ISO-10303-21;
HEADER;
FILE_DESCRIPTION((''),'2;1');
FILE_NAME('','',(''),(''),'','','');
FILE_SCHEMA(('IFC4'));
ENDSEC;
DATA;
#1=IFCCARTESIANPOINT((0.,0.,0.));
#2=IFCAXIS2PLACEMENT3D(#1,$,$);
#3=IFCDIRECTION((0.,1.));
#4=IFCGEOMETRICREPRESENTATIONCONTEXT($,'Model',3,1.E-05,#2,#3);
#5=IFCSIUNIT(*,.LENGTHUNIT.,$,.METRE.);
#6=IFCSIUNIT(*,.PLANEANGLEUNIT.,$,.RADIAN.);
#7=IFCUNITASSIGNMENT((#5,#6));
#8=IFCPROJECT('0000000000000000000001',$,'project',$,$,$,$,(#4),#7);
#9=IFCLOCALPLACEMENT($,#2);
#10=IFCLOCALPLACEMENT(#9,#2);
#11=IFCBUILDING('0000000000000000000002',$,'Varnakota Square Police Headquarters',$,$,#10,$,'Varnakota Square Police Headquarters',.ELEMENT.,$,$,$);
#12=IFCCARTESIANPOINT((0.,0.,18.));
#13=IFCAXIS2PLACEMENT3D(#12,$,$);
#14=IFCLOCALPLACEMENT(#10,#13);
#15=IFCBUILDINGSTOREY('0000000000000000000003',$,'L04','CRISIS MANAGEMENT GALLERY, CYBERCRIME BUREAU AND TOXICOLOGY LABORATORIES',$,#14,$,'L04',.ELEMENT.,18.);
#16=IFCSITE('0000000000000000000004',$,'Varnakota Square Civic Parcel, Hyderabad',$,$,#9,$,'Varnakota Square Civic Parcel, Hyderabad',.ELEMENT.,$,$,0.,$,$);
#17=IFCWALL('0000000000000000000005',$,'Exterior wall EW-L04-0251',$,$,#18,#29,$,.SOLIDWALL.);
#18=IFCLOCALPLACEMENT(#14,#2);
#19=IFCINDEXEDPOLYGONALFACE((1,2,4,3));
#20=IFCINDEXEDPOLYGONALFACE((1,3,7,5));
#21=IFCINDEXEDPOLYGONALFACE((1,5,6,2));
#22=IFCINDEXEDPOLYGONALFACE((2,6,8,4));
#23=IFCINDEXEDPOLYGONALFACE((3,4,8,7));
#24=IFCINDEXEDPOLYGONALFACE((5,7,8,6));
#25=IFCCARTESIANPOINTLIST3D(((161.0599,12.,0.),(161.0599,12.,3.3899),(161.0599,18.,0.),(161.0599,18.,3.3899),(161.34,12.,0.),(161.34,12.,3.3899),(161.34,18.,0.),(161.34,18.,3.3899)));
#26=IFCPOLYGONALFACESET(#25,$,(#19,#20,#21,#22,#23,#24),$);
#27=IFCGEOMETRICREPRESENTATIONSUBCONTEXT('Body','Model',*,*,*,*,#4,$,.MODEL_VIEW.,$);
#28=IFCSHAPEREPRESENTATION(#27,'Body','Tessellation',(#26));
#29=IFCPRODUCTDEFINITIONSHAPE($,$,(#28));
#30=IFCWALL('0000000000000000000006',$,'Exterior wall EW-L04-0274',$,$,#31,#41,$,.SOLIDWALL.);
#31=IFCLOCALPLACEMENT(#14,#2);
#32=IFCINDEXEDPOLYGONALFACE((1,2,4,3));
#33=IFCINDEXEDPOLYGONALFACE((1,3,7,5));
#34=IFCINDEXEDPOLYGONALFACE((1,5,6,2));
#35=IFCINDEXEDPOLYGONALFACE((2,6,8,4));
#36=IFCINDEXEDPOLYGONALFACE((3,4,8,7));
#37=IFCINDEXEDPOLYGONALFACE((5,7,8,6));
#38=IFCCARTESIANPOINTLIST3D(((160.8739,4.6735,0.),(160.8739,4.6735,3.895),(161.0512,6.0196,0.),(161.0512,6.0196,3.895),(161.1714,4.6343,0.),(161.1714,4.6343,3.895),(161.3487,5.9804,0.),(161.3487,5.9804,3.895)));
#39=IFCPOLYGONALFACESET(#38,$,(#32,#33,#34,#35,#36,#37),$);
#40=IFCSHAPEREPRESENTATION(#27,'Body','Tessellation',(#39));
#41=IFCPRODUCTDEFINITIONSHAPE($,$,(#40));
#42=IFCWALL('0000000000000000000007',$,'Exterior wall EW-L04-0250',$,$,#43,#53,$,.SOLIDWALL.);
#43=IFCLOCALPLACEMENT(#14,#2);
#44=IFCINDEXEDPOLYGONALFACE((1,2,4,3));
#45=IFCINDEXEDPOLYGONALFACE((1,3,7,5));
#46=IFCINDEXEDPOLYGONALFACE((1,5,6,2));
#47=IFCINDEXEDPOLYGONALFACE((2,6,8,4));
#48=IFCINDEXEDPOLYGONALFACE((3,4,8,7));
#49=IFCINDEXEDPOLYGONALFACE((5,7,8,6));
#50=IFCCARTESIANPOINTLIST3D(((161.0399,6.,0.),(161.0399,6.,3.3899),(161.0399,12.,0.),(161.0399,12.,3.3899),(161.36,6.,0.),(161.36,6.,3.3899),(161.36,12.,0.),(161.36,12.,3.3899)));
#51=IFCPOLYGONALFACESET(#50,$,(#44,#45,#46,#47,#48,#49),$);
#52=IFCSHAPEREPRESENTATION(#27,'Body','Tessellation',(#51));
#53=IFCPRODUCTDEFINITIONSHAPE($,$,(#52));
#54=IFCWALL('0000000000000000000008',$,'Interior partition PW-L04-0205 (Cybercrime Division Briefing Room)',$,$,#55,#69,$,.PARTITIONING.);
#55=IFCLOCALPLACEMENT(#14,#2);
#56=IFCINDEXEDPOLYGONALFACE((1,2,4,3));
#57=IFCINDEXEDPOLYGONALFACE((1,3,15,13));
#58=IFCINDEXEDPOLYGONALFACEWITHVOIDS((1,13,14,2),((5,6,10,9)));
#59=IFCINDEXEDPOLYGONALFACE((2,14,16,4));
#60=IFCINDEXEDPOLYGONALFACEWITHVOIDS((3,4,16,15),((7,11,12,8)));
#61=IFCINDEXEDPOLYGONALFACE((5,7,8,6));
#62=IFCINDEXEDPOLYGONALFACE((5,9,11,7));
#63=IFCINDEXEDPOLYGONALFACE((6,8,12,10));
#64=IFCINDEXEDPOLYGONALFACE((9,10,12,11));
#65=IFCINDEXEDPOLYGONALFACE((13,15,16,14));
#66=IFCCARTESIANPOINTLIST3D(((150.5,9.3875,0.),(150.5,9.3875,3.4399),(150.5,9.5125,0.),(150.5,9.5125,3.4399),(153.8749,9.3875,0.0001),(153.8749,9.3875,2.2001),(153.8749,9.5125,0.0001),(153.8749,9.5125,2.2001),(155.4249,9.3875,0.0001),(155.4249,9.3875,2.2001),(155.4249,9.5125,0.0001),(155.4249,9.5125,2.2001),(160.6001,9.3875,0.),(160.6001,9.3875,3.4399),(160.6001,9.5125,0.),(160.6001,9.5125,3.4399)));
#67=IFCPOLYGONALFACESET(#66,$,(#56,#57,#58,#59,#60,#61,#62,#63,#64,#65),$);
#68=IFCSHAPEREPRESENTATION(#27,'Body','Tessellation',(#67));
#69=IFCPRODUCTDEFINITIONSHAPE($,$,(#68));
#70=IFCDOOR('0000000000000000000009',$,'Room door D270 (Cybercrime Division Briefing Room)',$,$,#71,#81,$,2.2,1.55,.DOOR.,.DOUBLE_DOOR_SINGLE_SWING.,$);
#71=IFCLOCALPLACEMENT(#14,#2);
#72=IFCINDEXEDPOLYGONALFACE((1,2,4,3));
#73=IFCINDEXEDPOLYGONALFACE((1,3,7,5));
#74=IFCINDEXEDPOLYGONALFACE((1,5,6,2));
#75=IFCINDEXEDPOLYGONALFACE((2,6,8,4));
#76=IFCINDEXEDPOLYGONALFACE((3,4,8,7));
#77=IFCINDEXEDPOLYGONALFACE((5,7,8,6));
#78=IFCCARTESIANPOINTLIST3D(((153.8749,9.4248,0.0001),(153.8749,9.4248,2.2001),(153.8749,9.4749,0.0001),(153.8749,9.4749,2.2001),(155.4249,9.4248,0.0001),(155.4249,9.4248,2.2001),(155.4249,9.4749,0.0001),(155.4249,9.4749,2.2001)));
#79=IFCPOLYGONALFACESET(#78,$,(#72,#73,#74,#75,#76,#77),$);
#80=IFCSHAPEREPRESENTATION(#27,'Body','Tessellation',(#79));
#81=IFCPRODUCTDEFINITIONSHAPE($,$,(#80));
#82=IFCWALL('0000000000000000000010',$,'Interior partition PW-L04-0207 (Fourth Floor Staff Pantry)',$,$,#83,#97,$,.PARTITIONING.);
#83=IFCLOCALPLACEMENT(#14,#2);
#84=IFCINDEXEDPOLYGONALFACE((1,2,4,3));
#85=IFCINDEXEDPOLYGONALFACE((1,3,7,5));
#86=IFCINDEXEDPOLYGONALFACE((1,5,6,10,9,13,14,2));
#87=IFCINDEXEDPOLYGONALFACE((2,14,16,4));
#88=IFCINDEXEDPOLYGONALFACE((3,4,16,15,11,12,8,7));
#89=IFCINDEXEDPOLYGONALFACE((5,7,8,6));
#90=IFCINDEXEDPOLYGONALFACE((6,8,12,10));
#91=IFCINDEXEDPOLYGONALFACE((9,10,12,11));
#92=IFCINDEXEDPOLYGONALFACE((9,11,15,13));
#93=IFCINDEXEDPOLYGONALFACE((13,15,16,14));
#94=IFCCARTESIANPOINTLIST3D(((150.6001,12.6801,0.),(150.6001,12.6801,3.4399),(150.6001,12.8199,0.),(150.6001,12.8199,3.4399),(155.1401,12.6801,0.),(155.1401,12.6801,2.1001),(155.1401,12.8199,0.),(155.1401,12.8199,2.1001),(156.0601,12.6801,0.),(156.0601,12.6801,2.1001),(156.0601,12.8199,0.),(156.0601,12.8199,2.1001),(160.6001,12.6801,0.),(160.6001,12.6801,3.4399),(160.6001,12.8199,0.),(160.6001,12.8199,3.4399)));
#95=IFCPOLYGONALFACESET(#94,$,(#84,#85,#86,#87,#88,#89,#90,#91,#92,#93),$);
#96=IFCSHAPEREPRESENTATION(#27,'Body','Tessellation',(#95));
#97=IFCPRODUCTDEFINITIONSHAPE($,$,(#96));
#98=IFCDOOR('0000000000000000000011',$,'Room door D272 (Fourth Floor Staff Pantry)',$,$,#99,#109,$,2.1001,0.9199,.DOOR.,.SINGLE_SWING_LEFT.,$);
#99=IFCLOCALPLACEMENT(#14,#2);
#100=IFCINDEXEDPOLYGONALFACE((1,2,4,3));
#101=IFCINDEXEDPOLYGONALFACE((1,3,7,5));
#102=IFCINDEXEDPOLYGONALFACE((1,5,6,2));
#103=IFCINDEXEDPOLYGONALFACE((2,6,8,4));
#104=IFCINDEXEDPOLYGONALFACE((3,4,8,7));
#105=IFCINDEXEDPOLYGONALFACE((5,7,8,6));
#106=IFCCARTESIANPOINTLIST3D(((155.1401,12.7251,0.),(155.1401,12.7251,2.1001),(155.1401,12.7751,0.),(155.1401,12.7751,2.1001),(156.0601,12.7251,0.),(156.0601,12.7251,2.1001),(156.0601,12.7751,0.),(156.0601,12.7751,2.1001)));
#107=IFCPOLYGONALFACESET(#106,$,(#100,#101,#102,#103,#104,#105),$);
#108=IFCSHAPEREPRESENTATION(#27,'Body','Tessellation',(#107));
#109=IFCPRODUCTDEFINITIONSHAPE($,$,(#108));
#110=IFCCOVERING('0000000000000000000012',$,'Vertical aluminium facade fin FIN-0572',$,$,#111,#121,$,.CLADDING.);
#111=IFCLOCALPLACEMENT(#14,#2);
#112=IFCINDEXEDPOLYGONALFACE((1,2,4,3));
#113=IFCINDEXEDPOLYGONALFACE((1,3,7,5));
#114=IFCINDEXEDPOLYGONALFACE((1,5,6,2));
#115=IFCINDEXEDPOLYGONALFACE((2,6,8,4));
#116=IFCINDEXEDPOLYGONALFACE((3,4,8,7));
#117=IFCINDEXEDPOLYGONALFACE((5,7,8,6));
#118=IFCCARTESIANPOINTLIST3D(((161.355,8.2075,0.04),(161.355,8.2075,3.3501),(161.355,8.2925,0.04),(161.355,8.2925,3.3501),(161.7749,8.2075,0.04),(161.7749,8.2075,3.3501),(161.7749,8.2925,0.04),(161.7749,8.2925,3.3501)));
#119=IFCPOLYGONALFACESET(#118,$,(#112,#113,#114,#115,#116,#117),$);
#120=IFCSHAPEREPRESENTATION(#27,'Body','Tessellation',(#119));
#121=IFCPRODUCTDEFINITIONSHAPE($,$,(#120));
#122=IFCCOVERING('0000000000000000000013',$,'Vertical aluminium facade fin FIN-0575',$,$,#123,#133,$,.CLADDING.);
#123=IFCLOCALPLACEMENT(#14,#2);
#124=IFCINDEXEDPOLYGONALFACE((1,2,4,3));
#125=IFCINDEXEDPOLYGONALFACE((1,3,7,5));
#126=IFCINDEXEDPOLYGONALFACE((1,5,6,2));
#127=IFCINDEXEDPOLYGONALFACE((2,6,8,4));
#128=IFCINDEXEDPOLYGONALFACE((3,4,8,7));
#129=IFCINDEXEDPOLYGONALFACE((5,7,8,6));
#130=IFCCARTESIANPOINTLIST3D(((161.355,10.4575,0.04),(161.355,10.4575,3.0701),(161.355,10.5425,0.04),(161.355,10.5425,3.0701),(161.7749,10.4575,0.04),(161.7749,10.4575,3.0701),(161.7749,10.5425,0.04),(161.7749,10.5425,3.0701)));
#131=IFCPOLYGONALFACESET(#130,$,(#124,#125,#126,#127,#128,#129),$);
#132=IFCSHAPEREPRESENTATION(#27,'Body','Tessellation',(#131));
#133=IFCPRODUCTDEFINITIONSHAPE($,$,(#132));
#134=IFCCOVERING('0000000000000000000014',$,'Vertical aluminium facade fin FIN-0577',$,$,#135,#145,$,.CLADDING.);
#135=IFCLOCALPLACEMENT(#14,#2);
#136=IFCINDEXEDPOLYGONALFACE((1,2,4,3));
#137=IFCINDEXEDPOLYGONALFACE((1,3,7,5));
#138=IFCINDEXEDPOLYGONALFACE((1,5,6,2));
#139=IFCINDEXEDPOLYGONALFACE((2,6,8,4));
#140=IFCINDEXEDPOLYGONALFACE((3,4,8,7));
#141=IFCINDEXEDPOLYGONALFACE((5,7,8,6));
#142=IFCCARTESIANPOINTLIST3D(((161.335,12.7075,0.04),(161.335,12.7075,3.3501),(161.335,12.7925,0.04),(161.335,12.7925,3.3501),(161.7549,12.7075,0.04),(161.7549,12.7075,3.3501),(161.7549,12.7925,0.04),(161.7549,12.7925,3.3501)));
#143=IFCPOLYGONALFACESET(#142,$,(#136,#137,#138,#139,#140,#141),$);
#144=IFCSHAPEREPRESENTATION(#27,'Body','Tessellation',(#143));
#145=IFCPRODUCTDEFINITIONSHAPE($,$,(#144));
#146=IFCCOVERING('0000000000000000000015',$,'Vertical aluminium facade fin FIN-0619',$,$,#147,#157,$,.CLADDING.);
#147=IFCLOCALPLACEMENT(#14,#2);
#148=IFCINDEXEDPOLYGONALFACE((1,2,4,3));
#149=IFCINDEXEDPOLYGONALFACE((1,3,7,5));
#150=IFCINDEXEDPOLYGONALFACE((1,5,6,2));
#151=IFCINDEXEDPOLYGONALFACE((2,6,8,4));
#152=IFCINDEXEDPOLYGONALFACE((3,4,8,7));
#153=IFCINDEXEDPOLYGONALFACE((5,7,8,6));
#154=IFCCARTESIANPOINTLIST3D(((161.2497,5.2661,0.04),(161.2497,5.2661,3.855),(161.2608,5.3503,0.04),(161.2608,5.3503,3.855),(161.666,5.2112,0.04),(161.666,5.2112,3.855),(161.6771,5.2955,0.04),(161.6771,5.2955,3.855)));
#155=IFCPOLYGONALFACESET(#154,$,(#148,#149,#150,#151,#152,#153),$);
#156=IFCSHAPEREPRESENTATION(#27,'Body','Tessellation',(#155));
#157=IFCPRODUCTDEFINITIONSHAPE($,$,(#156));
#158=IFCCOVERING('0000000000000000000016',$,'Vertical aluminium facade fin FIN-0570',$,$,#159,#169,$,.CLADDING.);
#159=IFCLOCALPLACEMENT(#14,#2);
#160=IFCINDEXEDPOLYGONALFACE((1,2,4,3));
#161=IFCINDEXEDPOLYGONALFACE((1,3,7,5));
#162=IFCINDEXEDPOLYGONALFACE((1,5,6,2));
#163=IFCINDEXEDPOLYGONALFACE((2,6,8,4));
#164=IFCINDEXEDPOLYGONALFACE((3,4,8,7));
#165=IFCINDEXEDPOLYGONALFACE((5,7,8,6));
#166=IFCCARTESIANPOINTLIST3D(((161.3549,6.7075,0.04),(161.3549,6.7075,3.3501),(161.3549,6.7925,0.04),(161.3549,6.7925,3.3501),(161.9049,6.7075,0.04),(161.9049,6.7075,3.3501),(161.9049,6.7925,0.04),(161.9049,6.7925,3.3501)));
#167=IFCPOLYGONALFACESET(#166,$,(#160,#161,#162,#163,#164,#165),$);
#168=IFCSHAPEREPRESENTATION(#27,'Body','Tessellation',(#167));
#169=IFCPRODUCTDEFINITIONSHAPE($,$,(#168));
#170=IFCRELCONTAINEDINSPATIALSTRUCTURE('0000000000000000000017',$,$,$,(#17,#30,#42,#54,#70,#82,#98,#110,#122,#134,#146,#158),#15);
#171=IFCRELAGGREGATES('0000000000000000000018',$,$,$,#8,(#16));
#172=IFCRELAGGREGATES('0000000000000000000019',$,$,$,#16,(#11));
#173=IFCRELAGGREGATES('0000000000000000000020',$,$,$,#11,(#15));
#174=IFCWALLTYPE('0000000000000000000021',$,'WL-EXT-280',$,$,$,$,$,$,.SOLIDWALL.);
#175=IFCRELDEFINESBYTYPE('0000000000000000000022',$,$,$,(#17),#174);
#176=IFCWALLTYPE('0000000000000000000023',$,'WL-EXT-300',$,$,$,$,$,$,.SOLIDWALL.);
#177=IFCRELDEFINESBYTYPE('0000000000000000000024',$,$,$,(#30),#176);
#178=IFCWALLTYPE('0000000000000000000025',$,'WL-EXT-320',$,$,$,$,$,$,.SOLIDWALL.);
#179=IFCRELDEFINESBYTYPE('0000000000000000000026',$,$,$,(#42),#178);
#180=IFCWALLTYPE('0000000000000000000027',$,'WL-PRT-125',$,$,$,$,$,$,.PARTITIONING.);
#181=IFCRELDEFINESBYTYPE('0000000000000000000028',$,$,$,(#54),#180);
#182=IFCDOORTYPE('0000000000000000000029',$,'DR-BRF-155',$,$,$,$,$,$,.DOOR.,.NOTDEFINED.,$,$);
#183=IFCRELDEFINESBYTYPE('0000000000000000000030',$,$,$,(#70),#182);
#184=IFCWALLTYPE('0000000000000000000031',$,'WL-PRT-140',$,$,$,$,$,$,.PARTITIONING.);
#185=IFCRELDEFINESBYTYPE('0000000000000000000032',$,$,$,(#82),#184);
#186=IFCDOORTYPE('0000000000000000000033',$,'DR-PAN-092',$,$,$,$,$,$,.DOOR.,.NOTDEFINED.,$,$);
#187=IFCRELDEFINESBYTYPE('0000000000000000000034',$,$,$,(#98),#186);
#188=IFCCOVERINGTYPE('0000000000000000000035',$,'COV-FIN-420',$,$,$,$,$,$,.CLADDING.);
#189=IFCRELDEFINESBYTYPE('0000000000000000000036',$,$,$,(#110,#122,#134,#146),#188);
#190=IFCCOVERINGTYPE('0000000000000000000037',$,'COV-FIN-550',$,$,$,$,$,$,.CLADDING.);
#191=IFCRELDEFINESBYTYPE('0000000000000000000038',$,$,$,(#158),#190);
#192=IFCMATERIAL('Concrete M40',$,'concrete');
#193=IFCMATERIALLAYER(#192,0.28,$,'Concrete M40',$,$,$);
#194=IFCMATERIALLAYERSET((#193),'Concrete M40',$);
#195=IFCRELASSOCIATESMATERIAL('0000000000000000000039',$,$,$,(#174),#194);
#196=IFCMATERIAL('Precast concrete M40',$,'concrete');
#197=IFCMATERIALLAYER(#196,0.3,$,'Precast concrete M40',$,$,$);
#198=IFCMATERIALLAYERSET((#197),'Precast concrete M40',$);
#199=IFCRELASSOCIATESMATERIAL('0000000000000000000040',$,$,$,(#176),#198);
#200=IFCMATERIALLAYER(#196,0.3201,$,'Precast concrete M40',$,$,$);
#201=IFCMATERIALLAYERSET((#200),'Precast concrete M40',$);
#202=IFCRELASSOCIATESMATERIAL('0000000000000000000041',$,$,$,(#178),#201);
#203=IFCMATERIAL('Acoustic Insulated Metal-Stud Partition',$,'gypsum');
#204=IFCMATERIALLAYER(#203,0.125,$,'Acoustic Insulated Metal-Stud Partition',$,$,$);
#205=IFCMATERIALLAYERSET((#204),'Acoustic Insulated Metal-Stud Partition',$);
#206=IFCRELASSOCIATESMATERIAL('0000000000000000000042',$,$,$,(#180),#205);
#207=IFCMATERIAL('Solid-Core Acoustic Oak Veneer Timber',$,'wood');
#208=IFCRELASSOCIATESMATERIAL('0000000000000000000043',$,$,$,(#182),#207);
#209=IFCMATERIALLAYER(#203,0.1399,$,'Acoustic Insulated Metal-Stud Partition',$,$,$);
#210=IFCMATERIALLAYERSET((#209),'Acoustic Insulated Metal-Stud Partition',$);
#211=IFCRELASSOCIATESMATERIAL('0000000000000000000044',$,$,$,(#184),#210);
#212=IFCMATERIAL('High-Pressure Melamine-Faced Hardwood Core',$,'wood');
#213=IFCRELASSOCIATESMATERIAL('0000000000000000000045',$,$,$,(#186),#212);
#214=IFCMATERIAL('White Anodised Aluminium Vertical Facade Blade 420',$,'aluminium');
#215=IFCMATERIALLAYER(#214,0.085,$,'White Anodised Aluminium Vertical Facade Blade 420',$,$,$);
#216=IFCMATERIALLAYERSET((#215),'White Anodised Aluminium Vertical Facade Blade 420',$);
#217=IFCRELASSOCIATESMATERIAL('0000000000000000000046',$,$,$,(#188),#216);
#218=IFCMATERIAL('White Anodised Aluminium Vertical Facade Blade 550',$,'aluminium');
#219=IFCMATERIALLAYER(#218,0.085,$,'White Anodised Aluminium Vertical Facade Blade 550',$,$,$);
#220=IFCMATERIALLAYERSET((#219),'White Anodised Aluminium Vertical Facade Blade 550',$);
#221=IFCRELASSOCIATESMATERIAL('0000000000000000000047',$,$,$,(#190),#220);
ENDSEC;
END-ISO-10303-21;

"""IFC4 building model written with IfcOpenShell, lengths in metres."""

from ifc_helpers import new_model, si_unit, direction, frame, frame_2d, origin, origin_2d, place, context, subcontext, project, spatial, rectangle, extrude, material, layer, layer_set, type_object, element, fill, save


model = new_model("IFC4")

# Units and contexts
model_context = context("Model", 3, precision=1e-05, world=origin(), true_north=direction((0.0, 1.0)))
body_context = subcontext(model_context, "Body", "Model", "MODEL_VIEW")
ifc_project = project(units=[si_unit("LENGTHUNIT", "METRE"), si_unit("PLANEANGLEUNIT", "RADIAN")], contexts=[model_context])

# Site, building, storey
site_placement = place(None, origin())
site = spatial("IfcSite", under=ifc_project, at=site_placement, Name="Varnakota Square Civic Parcel, Hyderabad", LongName="Varnakota Square Civic Parcel, Hyderabad", CompositionType="ELEMENT", RefElevation=0.0)
building_placement = place(site_placement, origin())
building = spatial("IfcBuilding", under=site, at=building_placement, Name="Varnakota Square Police Headquarters", LongName="Varnakota Square Police Headquarters", CompositionType="ELEMENT")
storey_placement = place(building_placement, frame((0.0, 0.0, 18.0)))
storey = spatial("IfcBuildingStorey", under=building, at=storey_placement, Name="L04", Description="CRISIS MANAGEMENT GALLERY, CYBERCRIME BUREAU AND TOXICOLOGY LABORATORIES", LongName="L04", CompositionType="ELEMENT", Elevation=18.0)

# Walls
ifc_material_1 = material(Name="Concrete M40", Category="concrete")
ifc_layer_1 = layer(ifc_material_1, 0.28, Name="Concrete M40")
ifc_layer_set_1 = layer_set([ifc_layer_1], Name="Concrete M40")
wall_type_1 = type_object("IfcWallType", Name="WL-EXT-280", PredefinedType="SOLIDWALL", material=ifc_layer_set_1)
wall_1_placement = place(storey_placement, frame((161.2, 12.0, 0.0), z_axis=(0.0, 0.0, 1.0), x_axis=(0.0, 1.0, 0.0)))
element("IfcWall", 1, at=wall_1_placement, inside=storey, type_object=wall_type_1, Name="Exterior wall EW-L04-0251", PredefinedType="SOLIDWALL", context=body_context, shape_type="SweptSolid", body=[
    extrude(rectangle(XDim=6.0, YDim=0.28, at=frame_2d((3.0, 0.0))), origin(), (0.0, 0.0, 1.0), 3.3899),
])
ifc_material_2 = material(Name="Precast concrete M40", Category="concrete")
ifc_layer_2 = layer(ifc_material_2, 0.3, Name="Precast concrete M40")
ifc_layer_set_2 = layer_set([ifc_layer_2], Name="Precast concrete M40")
wall_type_2 = type_object("IfcWallType", Name="WL-EXT-300", PredefinedType="SOLIDWALL", material=ifc_layer_set_2)
wall_2_placement = place(storey_placement, frame((161.0227, 4.6541, 0.0), z_axis=(0.0, 0.0, 1.0), x_axis=(0.130562, 0.99144, 0.0)))
element("IfcWall", 2, at=wall_2_placement, inside=storey, type_object=wall_type_2, Name="Exterior wall EW-L04-0274", PredefinedType="SOLIDWALL", context=body_context, shape_type="SweptSolid", body=[
    extrude(rectangle(XDim=1.3577, YDim=0.3, at=frame_2d((0.6787, 0.0))), origin(), (0.0, 0.0, 1.0), 3.895),
])
ifc_layer_3 = layer(ifc_material_2, 0.3201, Name="Precast concrete M40")
ifc_layer_set_3 = layer_set([ifc_layer_3], Name="Precast concrete M40")
wall_type_3 = type_object("IfcWallType", Name="WL-EXT-320", PredefinedType="SOLIDWALL", material=ifc_layer_set_3)
wall_3_placement = place(storey_placement, frame((161.2, 6.0, 0.0), z_axis=(0.0, 0.0, 1.0), x_axis=(0.0, 1.0, 0.0)))
element("IfcWall", 3, at=wall_3_placement, inside=storey, type_object=wall_type_3, Name="Exterior wall EW-L04-0250", PredefinedType="SOLIDWALL", context=body_context, shape_type="SweptSolid", body=[
    extrude(rectangle(XDim=6.0, YDim=0.3201, at=frame_2d((3.0, 0.0))), origin(), (0.0, 0.0, 1.0), 3.3899),
])

# Walls, openings, doors
ifc_material_3 = material(Name="Acoustic Insulated Metal-Stud Partition", Category="gypsum")
ifc_layer_4 = layer(ifc_material_3, 0.125, Name="Acoustic Insulated Metal-Stud Partition")
ifc_layer_set_4 = layer_set([ifc_layer_4], Name="Acoustic Insulated Metal-Stud Partition")
wall_type_4 = type_object("IfcWallType", Name="WL-PRT-125", PredefinedType="PARTITIONING", material=ifc_layer_set_4)
wall_4_placement = place(storey_placement, frame((150.5, 9.45, 0.0), z_axis=(0.0, 0.0, 1.0), x_axis=(1.0, 0.0, 0.0)))
wall_4 = element("IfcWall", 4, at=wall_4_placement, inside=storey, type_object=wall_type_4, Name="Interior partition PW-L04-0205 (Cybercrime Division Briefing Room)", PredefinedType="PARTITIONING", context=body_context, shape_type="SweptSolid", body=[
    extrude(rectangle(XDim=10.1001, YDim=0.125, at=frame_2d((5.05, 0.0))), origin(), (0.0, 0.0, 1.0), 3.4399),
])
opening_1_placement = place(wall_4_placement, frame((3.375, 0.0, 0.0)))
opening_1 = element("IfcOpeningElement", 5, at=opening_1_placement, cuts=wall_4, PredefinedType="OPENING", context=body_context, shape_type="SweptSolid", body=[
    extrude(rectangle(XDim=1.55, YDim=2.2, at=frame_2d((0.7749, 1.1001))), frame((0.0, 0.0725, 0.0), z_axis=(0.0, -1.0, 0.0), x_axis=(1.0, 0.0, 0.0)), (0.0, 0.0, 1.0), 0.145),
])
ifc_material_4 = material(Name="Solid-Core Acoustic Oak Veneer Timber", Category="wood")
door_type_1 = type_object("IfcDoorType", Name="DR-BRF-155", OperationType="NOTDEFINED", PredefinedType="DOOR", material=ifc_material_4)
door_1_placement = place(opening_1_placement, origin())
door_1 = element("IfcDoor", 6, at=door_1_placement, inside=storey, type_object=door_type_1, Name="Room door D270 (Cybercrime Division Briefing Room)", OperationType="DOUBLE_DOOR_SINGLE_SWING", OverallHeight=2.2, OverallWidth=1.55, PredefinedType="DOOR", context=body_context, shape_type="SweptSolid", body=[
    extrude(rectangle(XDim=1.55, YDim=2.2, at=frame_2d((0.7749, 1.1001))), frame((0.0, 0.0249, 0.0), z_axis=(0.0, -1.0, 0.0), x_axis=(1.0, 0.0, 0.0)), (0.0, 0.0, 1.0), 0.05),
])
fill(opening_1, door_1)
ifc_layer_5 = layer(ifc_material_3, 0.1399, Name="Acoustic Insulated Metal-Stud Partition")
ifc_layer_set_5 = layer_set([ifc_layer_5], Name="Acoustic Insulated Metal-Stud Partition")
wall_type_5 = type_object("IfcWallType", Name="WL-PRT-140", PredefinedType="PARTITIONING", material=ifc_layer_set_5)
wall_5_placement = place(storey_placement, frame((160.6001, 12.75, 0.0), z_axis=(0.0, 0.0, 1.0), x_axis=(-1.0, 0.0, 0.0)))
wall_5 = element("IfcWall", 7, at=wall_5_placement, inside=storey, type_object=wall_type_5, Name="Interior partition PW-L04-0207 (Fourth Floor Staff Pantry)", PredefinedType="PARTITIONING", context=body_context, shape_type="SweptSolid", body=[
    extrude(rectangle(XDim=10.0, YDim=0.1399, at=frame_2d((5.0, 0.0))), origin(), (0.0, 0.0, 1.0), 3.4399),
])
opening_2_placement = place(wall_5_placement, frame((4.54, 0.0, 0.0)))
opening_2 = element("IfcOpeningElement", 8, at=opening_2_placement, cuts=wall_5, PredefinedType="OPENING", context=body_context, shape_type="SweptSolid", body=[
    extrude(rectangle(XDim=0.9199, YDim=2.1001, at=frame_2d((0.46, 1.05))), frame((0.0, 0.0798, 0.0), z_axis=(0.0, -1.0, 0.0), x_axis=(1.0, 0.0, 0.0)), (0.0, 0.0, 1.0), 0.1599),
])
ifc_material_5 = material(Name="High-Pressure Melamine-Faced Hardwood Core", Category="wood")
door_type_2 = type_object("IfcDoorType", Name="DR-PAN-092", OperationType="NOTDEFINED", PredefinedType="DOOR", material=ifc_material_5)
door_2_placement = place(opening_2_placement, origin())
door_2 = element("IfcDoor", 9, at=door_2_placement, inside=storey, type_object=door_type_2, Name="Room door D272 (Fourth Floor Staff Pantry)", OperationType="SINGLE_SWING_LEFT", OverallHeight=2.1001, OverallWidth=0.9199, PredefinedType="DOOR", context=body_context, shape_type="SweptSolid", body=[
    extrude(rectangle(XDim=0.9199, YDim=2.1001, at=frame_2d((0.46, 1.05))), frame((0.0, 0.0249, 0.0), z_axis=(0.0, -1.0, 0.0), x_axis=(1.0, 0.0, 0.0)), (0.0, 0.0, 1.0), 0.05),
])
fill(opening_2, door_2)

# Coverings
ifc_material_6 = material(Name="White Anodised Aluminium Vertical Facade Blade 420", Category="aluminium")
ifc_layer_6 = layer(ifc_material_6, 0.085, Name="White Anodised Aluminium Vertical Facade Blade 420")
ifc_layer_set_6 = layer_set([ifc_layer_6], Name="White Anodised Aluminium Vertical Facade Blade 420")
covering_type_1 = type_object("IfcCoveringType", Name="COV-FIN-420", PredefinedType="CLADDING", material=ifc_layer_set_6)
covering_1_placement = place(storey_placement, frame((161.5649, 8.25, 0.04), z_axis=(0.0, 0.0, 1.0), x_axis=(0.0, 1.0, 0.0)))
element("IfcCovering", 10, at=covering_1_placement, inside=storey, type_object=covering_type_1, Name="Vertical aluminium facade fin FIN-0572", PredefinedType="CLADDING", context=body_context, shape_type="SweptSolid", body=[
    extrude(rectangle(XDim=0.085, YDim=0.4199, at=origin_2d()), origin(), (0.0, 0.0, 1.0), 3.3101),
])
covering_2_placement = place(storey_placement, frame((161.5649, 10.5, 0.04), z_axis=(0.0, 0.0, 1.0), x_axis=(0.0, 1.0, 0.0)))
element("IfcCovering", 11, at=covering_2_placement, inside=storey, type_object=covering_type_1, Name="Vertical aluminium facade fin FIN-0575", PredefinedType="CLADDING", context=body_context, shape_type="SweptSolid", body=[
    extrude(rectangle(XDim=0.085, YDim=0.4199, at=origin_2d()), origin(), (0.0, 0.0, 1.0), 3.03),
])
covering_3_placement = place(storey_placement, frame((161.5449, 12.75, 0.04), z_axis=(0.0, 0.0, 1.0), x_axis=(0.0, 1.0, 0.0)))
element("IfcCovering", 12, at=covering_3_placement, inside=storey, type_object=covering_type_1, Name="Vertical aluminium facade fin FIN-0577", PredefinedType="CLADDING", context=body_context, shape_type="SweptSolid", body=[
    extrude(rectangle(XDim=0.085, YDim=0.4199, at=origin_2d()), origin(), (0.0, 0.0, 1.0), 3.3101),
])
covering_4_placement = place(storey_placement, frame((161.4634, 5.2808, 0.04), z_axis=(0.0, 0.0, 1.0), x_axis=(0.130526, 0.991445, 0.0)))
element("IfcCovering", 13, at=covering_4_placement, inside=storey, type_object=covering_type_1, Name="Vertical aluminium facade fin FIN-0619", PredefinedType="CLADDING", context=body_context, shape_type="SweptSolid", body=[
    extrude(rectangle(XDim=0.085, YDim=0.4199, at=origin_2d()), origin(), (0.0, 0.0, 1.0), 3.8149),
])
ifc_material_7 = material(Name="White Anodised Aluminium Vertical Facade Blade 550", Category="aluminium")
ifc_layer_7 = layer(ifc_material_7, 0.085, Name="White Anodised Aluminium Vertical Facade Blade 550")
ifc_layer_set_7 = layer_set([ifc_layer_7], Name="White Anodised Aluminium Vertical Facade Blade 550")
covering_type_2 = type_object("IfcCoveringType", Name="COV-FIN-550", PredefinedType="CLADDING", material=ifc_layer_set_7)
covering_5_placement = place(storey_placement, frame((161.6299, 6.75, 0.04), z_axis=(0.0, 0.0, 1.0), x_axis=(0.0, 1.0, 0.0)))
element("IfcCovering", 14, at=covering_5_placement, inside=storey, type_object=covering_type_2, Name="Vertical aluminium facade fin FIN-0570", PredefinedType="CLADDING", context=body_context, shape_type="SweptSolid", body=[
    extrude(rectangle(XDim=0.085, YDim=0.55, at=origin_2d()), origin(), (0.0, 0.0, 1.0), 3.3101),
])

save(model, "model.ifc")
